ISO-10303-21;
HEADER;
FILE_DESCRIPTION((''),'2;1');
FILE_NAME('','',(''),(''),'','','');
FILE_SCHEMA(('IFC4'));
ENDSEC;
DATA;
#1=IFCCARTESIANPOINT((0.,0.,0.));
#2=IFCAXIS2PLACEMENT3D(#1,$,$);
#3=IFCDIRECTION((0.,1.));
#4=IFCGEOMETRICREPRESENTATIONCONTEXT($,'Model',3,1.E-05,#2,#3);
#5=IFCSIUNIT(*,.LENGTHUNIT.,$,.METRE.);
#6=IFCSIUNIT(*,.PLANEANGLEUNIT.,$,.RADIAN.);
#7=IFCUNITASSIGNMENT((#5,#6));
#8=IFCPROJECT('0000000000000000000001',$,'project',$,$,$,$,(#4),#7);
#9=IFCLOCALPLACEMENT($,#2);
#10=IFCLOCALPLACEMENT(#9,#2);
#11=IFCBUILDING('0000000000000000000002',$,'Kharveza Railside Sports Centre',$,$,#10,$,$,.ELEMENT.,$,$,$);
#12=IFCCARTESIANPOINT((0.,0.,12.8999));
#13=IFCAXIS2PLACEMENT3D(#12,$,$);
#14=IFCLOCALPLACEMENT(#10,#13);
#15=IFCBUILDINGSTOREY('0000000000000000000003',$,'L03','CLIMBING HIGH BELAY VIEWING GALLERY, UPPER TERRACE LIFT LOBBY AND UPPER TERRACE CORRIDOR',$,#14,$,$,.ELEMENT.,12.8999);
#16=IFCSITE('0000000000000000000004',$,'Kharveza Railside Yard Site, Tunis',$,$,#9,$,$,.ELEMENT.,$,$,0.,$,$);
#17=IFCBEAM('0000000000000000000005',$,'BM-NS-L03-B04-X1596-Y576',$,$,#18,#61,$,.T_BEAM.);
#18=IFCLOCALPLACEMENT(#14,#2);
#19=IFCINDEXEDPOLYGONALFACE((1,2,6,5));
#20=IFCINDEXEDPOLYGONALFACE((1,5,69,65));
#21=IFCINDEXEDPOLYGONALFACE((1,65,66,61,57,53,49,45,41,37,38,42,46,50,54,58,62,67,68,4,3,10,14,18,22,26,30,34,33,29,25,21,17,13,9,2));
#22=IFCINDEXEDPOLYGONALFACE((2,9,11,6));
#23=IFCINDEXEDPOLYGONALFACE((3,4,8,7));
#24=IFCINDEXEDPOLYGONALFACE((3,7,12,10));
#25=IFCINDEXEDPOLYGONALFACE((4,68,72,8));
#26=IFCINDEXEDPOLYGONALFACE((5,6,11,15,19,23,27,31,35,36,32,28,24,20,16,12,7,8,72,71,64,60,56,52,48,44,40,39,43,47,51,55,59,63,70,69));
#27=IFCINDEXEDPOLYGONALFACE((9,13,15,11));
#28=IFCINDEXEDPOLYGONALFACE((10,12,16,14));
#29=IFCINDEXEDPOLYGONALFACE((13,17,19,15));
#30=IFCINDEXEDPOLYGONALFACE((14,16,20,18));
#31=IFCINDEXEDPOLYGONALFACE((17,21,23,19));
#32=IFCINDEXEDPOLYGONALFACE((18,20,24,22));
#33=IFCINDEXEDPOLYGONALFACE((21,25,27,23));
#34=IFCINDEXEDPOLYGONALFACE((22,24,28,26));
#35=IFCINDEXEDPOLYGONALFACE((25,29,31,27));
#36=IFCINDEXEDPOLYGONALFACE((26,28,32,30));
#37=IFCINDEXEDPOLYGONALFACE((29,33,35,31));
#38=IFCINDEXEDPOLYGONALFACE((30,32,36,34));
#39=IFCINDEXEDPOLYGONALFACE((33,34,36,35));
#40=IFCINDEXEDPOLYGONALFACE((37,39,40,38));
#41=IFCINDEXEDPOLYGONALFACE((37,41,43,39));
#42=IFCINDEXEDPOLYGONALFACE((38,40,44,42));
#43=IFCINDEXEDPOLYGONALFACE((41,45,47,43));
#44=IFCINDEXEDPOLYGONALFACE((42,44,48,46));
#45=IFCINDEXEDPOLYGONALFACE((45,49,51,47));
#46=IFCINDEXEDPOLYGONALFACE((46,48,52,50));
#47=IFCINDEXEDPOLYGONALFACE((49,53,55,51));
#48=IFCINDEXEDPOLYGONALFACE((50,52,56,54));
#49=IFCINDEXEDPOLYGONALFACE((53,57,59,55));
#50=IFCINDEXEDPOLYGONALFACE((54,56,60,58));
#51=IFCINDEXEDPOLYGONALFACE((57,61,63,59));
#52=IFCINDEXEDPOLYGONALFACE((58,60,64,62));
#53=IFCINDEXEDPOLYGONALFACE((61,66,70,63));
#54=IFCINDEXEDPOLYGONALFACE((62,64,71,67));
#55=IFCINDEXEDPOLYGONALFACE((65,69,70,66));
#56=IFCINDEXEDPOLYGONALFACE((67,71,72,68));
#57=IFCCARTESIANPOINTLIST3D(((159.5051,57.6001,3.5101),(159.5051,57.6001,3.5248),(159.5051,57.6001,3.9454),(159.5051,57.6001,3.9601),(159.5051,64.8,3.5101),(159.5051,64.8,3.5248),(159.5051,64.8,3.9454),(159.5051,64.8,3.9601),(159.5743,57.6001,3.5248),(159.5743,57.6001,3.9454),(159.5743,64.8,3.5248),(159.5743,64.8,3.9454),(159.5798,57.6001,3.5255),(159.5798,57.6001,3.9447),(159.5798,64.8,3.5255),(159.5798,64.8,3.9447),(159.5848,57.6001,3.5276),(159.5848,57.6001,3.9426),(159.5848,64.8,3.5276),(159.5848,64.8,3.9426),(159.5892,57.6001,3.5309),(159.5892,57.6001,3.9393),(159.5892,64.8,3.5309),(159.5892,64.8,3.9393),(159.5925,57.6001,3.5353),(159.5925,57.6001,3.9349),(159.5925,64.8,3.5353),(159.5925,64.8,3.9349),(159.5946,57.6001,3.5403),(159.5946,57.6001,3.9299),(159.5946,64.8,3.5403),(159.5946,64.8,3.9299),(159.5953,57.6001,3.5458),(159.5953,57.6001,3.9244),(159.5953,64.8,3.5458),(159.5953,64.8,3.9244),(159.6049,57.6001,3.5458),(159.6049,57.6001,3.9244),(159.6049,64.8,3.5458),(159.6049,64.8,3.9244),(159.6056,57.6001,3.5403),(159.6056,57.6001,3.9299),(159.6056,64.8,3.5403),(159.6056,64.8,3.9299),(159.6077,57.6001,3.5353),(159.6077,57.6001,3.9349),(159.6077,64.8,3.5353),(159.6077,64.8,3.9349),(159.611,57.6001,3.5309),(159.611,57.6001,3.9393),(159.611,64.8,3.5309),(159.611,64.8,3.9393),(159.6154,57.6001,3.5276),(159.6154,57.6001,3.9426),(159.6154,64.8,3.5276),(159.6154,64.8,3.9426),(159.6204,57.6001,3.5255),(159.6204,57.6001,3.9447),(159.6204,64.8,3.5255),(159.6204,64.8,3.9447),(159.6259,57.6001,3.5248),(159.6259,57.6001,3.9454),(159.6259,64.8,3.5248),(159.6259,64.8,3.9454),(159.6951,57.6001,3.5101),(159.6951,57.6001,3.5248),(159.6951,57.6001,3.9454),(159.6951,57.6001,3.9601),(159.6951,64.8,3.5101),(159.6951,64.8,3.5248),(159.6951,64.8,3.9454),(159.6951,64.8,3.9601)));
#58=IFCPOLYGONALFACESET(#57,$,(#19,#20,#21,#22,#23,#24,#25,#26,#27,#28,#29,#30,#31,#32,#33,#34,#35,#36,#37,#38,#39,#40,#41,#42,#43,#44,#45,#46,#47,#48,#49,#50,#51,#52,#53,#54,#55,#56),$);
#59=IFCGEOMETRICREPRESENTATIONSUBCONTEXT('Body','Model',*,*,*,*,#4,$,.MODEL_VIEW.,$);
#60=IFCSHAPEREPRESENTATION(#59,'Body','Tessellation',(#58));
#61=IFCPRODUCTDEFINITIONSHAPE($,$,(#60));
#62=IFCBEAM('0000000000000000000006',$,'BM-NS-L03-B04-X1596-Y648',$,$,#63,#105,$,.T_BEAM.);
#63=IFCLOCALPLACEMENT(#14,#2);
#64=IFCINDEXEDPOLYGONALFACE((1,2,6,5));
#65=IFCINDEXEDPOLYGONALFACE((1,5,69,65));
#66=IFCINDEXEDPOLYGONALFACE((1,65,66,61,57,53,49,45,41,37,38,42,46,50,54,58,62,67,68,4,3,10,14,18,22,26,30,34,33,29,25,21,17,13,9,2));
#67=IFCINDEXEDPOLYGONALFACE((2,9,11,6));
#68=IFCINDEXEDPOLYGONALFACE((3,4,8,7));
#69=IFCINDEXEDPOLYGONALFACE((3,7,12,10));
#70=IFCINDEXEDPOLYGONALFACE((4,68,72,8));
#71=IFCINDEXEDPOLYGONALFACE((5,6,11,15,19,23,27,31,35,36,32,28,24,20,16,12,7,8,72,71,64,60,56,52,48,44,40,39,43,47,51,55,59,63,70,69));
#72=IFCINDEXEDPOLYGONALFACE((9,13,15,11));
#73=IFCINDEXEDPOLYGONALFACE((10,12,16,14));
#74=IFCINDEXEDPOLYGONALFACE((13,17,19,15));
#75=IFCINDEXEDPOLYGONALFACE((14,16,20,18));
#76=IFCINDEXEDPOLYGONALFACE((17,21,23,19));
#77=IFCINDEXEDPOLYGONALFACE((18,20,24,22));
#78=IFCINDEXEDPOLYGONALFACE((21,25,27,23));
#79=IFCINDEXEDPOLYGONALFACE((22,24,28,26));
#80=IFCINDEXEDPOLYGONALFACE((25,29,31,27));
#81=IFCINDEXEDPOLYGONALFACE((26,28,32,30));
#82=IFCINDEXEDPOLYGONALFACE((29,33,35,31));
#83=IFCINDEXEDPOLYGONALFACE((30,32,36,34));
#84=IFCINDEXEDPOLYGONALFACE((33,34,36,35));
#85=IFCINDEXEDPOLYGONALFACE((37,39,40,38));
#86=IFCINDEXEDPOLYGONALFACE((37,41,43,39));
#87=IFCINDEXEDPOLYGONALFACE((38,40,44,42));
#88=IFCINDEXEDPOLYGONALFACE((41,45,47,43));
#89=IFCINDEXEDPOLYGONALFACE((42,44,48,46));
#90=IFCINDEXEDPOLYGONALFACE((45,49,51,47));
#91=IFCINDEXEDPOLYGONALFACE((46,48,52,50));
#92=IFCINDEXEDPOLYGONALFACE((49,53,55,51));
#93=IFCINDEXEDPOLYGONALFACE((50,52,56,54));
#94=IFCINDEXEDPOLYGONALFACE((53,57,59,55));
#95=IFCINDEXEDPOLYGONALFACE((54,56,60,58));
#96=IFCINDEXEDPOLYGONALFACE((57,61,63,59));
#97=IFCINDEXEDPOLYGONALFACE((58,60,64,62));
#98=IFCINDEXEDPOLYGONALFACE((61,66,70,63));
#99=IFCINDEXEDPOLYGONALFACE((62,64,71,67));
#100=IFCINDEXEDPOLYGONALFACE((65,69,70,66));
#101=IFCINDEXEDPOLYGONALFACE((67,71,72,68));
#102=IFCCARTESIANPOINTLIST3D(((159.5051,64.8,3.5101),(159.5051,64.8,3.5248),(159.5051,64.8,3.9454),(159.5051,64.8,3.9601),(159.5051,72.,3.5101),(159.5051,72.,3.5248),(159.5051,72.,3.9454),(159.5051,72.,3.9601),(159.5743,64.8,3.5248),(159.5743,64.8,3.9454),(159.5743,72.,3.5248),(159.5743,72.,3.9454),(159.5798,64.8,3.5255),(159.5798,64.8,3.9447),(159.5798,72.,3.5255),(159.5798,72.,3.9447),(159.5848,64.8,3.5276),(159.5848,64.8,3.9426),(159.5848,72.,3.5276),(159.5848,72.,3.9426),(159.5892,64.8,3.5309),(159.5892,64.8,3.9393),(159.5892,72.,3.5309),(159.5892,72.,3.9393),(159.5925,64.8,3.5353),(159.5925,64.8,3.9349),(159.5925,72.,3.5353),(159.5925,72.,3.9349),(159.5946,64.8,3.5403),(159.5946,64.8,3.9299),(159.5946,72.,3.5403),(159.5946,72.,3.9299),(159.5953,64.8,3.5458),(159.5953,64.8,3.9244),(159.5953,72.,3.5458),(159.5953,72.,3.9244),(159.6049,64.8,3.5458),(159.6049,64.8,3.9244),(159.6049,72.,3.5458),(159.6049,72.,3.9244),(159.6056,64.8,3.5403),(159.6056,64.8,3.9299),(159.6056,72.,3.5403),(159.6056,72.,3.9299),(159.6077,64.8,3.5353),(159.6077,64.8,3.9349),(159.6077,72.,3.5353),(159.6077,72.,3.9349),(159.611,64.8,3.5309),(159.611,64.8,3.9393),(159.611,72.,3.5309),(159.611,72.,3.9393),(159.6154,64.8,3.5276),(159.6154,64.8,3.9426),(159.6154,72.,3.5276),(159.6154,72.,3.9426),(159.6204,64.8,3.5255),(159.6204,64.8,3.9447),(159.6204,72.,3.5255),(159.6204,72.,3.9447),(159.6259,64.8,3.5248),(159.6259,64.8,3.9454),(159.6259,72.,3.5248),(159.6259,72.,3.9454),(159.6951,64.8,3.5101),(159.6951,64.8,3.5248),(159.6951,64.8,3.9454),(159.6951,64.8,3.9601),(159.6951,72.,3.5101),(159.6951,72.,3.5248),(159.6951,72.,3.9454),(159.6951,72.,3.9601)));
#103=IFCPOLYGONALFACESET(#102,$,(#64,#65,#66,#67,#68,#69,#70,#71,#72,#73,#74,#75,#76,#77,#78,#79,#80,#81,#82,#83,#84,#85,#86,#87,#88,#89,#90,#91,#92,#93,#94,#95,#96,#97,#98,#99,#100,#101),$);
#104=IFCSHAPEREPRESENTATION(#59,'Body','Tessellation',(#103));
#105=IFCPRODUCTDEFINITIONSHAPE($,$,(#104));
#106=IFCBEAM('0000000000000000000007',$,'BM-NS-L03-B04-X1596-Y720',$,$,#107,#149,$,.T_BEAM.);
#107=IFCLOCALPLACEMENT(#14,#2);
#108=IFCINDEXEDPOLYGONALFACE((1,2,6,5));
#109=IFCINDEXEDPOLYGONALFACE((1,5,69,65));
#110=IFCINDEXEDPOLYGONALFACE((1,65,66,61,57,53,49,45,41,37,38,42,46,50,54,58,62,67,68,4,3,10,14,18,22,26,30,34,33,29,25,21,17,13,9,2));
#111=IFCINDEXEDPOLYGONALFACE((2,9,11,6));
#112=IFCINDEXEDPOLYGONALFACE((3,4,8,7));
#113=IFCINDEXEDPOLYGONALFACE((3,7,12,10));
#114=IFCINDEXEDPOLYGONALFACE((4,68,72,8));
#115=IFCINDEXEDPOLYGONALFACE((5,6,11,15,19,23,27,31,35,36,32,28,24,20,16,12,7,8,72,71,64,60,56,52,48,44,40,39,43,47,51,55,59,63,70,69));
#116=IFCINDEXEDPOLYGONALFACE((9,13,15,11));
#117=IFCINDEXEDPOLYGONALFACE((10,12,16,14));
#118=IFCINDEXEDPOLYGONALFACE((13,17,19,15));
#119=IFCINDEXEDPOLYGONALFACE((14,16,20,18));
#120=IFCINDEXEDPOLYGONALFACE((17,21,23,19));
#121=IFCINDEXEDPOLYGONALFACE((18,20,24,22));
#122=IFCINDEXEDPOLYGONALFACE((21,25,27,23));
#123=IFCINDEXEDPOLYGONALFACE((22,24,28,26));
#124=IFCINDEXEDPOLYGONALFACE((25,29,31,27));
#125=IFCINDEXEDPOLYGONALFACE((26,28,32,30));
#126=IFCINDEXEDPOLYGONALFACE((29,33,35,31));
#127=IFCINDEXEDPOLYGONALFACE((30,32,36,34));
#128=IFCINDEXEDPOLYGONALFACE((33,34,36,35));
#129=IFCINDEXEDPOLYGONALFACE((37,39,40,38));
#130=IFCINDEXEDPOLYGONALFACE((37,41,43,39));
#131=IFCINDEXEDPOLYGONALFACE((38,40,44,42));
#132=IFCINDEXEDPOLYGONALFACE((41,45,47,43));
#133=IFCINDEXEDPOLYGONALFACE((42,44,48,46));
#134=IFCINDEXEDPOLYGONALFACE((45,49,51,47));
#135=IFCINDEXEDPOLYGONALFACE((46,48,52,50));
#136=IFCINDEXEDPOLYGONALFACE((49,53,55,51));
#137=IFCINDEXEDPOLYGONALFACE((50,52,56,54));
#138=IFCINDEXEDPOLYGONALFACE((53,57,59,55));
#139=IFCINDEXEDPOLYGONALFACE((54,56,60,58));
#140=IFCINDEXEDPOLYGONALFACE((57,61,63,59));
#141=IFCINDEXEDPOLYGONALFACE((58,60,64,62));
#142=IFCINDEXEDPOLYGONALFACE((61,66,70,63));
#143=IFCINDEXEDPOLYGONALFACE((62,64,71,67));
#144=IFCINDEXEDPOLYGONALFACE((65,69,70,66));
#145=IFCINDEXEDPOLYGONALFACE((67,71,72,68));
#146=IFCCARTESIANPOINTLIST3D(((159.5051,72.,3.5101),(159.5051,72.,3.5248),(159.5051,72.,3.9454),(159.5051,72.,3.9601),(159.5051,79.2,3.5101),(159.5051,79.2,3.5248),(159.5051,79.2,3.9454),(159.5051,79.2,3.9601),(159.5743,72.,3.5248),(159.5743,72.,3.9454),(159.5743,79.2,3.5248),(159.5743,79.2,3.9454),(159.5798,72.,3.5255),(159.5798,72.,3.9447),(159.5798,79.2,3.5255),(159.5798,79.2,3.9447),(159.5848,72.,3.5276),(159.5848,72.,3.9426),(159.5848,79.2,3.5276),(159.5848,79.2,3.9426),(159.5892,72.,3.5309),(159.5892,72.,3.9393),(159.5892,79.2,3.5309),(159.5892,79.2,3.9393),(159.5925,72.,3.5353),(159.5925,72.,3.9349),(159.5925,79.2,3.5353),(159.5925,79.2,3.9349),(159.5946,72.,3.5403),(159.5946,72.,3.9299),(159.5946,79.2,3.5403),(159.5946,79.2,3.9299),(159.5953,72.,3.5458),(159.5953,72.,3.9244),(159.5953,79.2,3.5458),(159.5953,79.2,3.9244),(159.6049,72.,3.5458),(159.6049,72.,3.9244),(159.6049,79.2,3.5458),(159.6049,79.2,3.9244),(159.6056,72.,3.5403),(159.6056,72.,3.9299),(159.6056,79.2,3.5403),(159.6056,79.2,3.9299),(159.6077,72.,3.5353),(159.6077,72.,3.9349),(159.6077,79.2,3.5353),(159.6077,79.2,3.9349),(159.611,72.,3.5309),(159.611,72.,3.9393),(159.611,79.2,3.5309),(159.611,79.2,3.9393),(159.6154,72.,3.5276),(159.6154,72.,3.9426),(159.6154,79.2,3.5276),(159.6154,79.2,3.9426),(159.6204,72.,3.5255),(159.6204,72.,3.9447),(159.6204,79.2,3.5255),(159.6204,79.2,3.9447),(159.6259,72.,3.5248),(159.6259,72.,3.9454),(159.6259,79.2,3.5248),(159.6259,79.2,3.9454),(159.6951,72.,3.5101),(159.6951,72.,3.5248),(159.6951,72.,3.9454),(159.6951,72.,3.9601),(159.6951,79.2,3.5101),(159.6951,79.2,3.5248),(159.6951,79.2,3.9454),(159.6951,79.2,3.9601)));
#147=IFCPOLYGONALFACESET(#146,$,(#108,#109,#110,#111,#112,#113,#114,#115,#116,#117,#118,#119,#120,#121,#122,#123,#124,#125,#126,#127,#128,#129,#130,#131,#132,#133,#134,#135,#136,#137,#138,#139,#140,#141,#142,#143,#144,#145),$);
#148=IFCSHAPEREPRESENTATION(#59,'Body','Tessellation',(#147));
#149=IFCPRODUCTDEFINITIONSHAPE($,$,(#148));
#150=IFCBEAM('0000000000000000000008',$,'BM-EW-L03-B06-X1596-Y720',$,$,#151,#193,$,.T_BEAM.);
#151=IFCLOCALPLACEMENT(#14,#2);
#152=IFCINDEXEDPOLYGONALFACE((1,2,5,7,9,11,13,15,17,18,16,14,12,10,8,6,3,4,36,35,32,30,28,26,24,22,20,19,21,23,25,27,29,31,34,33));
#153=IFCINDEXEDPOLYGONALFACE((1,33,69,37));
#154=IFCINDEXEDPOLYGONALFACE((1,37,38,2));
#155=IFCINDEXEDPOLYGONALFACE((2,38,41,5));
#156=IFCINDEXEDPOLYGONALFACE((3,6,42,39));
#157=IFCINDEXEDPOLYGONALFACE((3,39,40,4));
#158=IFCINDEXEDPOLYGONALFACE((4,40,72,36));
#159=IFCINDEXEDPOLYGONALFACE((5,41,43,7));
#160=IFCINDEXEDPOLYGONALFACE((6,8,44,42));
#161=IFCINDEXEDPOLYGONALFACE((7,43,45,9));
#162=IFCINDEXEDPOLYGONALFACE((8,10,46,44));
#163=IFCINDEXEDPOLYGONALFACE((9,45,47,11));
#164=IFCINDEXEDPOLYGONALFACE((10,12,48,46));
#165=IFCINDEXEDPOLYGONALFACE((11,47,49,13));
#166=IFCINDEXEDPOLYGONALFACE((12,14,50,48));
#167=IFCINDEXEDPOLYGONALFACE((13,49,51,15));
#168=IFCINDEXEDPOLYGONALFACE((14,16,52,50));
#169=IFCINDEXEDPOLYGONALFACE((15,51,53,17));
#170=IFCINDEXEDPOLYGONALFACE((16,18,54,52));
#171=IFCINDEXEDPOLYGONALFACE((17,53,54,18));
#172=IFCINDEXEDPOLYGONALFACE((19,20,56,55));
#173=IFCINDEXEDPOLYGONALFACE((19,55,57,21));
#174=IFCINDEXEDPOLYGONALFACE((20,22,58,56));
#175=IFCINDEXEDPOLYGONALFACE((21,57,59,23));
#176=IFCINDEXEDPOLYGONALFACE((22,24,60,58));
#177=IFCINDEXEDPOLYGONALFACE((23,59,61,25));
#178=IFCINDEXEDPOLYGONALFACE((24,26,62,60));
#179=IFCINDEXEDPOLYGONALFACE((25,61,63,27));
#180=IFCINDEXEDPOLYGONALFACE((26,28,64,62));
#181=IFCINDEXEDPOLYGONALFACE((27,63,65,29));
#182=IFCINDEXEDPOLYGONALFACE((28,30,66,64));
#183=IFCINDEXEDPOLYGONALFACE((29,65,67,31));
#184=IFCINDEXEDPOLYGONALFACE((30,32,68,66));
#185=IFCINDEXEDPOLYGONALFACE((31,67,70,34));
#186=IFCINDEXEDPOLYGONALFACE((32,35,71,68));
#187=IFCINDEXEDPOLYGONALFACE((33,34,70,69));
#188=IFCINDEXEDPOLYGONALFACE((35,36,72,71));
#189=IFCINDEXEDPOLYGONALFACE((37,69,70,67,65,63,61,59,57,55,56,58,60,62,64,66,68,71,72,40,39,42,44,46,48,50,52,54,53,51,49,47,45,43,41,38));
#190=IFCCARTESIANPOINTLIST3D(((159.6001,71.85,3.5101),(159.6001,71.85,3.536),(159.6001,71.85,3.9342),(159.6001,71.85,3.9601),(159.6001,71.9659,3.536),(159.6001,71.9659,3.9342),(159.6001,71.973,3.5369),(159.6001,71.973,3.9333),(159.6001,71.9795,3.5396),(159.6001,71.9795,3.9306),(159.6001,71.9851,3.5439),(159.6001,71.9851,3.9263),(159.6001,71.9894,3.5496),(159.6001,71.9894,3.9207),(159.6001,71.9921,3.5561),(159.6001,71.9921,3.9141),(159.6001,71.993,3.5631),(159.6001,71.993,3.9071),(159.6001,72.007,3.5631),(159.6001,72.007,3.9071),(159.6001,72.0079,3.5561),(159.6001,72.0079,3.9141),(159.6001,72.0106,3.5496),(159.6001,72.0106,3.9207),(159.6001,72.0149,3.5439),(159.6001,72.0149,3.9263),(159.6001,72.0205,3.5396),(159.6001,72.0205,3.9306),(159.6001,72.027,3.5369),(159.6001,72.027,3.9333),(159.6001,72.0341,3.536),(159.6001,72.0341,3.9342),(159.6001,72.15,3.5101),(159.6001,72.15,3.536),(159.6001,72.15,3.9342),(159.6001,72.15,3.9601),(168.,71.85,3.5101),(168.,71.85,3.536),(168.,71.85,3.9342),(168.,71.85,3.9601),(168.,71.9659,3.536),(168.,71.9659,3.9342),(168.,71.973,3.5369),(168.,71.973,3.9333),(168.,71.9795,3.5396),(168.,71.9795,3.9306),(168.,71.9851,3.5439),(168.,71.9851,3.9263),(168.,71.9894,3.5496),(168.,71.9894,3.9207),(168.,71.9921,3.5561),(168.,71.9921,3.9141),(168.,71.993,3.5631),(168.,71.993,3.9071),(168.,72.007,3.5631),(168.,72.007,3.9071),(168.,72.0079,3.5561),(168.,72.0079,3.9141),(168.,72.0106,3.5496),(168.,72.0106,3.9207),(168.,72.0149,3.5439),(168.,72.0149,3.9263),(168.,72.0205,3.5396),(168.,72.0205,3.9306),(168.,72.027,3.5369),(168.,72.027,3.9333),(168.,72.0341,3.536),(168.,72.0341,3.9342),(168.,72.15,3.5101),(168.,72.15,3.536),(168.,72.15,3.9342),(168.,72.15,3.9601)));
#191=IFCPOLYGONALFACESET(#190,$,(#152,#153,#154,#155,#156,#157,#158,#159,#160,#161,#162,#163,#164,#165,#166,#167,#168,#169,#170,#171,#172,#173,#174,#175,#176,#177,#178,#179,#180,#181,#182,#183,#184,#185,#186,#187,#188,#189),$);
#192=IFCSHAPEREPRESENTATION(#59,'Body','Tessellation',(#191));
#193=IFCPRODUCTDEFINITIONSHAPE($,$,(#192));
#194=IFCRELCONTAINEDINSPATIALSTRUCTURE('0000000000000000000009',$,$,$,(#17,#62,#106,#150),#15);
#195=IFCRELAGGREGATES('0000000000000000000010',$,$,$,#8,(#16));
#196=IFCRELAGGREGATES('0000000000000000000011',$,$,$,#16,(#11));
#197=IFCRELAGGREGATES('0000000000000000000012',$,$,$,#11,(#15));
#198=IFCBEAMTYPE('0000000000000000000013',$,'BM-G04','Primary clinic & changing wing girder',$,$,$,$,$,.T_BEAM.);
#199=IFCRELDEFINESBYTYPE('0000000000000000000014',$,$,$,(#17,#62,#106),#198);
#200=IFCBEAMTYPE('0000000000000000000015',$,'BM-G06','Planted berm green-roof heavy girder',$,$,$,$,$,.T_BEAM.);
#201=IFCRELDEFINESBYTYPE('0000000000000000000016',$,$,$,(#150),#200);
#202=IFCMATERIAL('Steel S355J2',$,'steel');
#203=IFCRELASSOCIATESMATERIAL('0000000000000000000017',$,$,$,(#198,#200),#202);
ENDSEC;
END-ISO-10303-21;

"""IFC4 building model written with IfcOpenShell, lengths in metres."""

from ifc_helpers import new_model, si_unit, direction, frame, origin, origin_2d, place, context, subcontext, project, spatial, i_section, extrude, material, material_profile, profile_set, type_object, element, save


model = new_model("IFC4")

# Units and contexts
model_context = context("Model", 3, precision=1e-05, world=origin(), true_north=direction((0.0, 1.0)))
body_context = subcontext(model_context, "Body", "Model", "MODEL_VIEW")
ifc_project = project(units=[si_unit("LENGTHUNIT", "METRE"), si_unit("PLANEANGLEUNIT", "RADIAN")], contexts=[model_context])

# Site, building, storey
site_placement = place(None, origin())
site = spatial("IfcSite", under=ifc_project, at=site_placement, Name="Kharveza Railside Yard Site, Tunis", CompositionType="ELEMENT", RefElevation=0.0)
building_placement = place(site_placement, origin())
building = spatial("IfcBuilding", under=site, at=building_placement, Name="Kharveza Railside Sports Centre", CompositionType="ELEMENT")
storey_placement = place(building_placement, frame((0.0, 0.0, 12.8999)))
storey = spatial("IfcBuildingStorey", under=building, at=storey_placement, Name="L03", Description="CLIMBING HIGH BELAY VIEWING GALLERY, UPPER TERRACE LIFT LOBBY AND UPPER TERRACE CORRIDOR", CompositionType="ELEMENT", Elevation=12.8999)

# Shared definitions
ifc_material_1 = material(Name="Steel S355J2", Category="steel")

# Beams
ifc_material_profile_1 = material_profile(ifc_material_1, i_section(OverallWidth=0.1899, OverallDepth=0.45, WebThickness=0.0095, FlangeThickness=0.0146, FilletRadius=0.021, at=origin_2d()), Name="IPE 450")
ifc_profile_set_1 = profile_set([ifc_material_profile_1], Name="Steel S355J2")
beam_type_1 = type_object("IfcBeamType", Name="BM-G04", Description="Primary clinic & changing wing girder", PredefinedType="T_BEAM", material=ifc_profile_set_1)
for number, where, z_axis, x_axis, name in (
    (1, (159.6001, 57.6001, 3.7351), (0.0, 1.0, 0.0), (-1.0, 0.0, 0.0), "BM-NS-L03-B04-X1596-Y576"),
    (2, (159.6001, 64.8, 3.7351), (0.0, 1.0, 0.0), (-1.0, 0.0, 0.0), "BM-NS-L03-B04-X1596-Y648"),
    (3, (159.6001, 72.0, 3.7351), (0.0, 1.0, 0.0), (-1.0, 0.0, 0.0), "BM-NS-L03-B04-X1596-Y720"),
):
    element("IfcBeam", number, at=place(storey_placement, frame(where, z_axis=z_axis, x_axis=x_axis)), inside=storey, type_object=beam_type_1, Name=name, PredefinedType="T_BEAM", context=body_context, shape_type="SweptSolid", body=[
        extrude(i_section(OverallWidth=0.1899, OverallDepth=0.45, WebThickness=0.0095, FlangeThickness=0.0146, FilletRadius=0.021, at=origin_2d()), origin(), (0.0, 0.0, 1.0), 7.2),
    ])
ifc_material_profile_2 = material_profile(ifc_material_1, i_section(OverallWidth=0.3, OverallDepth=0.45, WebThickness=0.0139, FlangeThickness=0.0259, FilletRadius=0.0271, at=origin_2d()), Name="HEB 450")
ifc_profile_set_2 = profile_set([ifc_material_profile_2], Name="Steel S355J2")
beam_type_2 = type_object("IfcBeamType", Name="BM-G06", Description="Planted berm green-roof heavy girder", PredefinedType="T_BEAM", material=ifc_profile_set_2)
beam_1_placement = place(storey_placement, frame((159.6001, 72.0, 3.7351), z_axis=(1.0, 0.0, 0.0), x_axis=(0.0, 1.0, 0.0)))
element("IfcBeam", 4, at=beam_1_placement, inside=storey, type_object=beam_type_2, Name="BM-EW-L03-B06-X1596-Y720", PredefinedType="T_BEAM", context=body_context, shape_type="SweptSolid", body=[
    extrude(i_section(OverallWidth=0.3, OverallDepth=0.45, WebThickness=0.0139, FlangeThickness=0.0259, FilletRadius=0.0271, at=origin_2d()), origin(), (0.0, 0.0, 1.0), 8.3999),
])

save(model, "model.ifc")
